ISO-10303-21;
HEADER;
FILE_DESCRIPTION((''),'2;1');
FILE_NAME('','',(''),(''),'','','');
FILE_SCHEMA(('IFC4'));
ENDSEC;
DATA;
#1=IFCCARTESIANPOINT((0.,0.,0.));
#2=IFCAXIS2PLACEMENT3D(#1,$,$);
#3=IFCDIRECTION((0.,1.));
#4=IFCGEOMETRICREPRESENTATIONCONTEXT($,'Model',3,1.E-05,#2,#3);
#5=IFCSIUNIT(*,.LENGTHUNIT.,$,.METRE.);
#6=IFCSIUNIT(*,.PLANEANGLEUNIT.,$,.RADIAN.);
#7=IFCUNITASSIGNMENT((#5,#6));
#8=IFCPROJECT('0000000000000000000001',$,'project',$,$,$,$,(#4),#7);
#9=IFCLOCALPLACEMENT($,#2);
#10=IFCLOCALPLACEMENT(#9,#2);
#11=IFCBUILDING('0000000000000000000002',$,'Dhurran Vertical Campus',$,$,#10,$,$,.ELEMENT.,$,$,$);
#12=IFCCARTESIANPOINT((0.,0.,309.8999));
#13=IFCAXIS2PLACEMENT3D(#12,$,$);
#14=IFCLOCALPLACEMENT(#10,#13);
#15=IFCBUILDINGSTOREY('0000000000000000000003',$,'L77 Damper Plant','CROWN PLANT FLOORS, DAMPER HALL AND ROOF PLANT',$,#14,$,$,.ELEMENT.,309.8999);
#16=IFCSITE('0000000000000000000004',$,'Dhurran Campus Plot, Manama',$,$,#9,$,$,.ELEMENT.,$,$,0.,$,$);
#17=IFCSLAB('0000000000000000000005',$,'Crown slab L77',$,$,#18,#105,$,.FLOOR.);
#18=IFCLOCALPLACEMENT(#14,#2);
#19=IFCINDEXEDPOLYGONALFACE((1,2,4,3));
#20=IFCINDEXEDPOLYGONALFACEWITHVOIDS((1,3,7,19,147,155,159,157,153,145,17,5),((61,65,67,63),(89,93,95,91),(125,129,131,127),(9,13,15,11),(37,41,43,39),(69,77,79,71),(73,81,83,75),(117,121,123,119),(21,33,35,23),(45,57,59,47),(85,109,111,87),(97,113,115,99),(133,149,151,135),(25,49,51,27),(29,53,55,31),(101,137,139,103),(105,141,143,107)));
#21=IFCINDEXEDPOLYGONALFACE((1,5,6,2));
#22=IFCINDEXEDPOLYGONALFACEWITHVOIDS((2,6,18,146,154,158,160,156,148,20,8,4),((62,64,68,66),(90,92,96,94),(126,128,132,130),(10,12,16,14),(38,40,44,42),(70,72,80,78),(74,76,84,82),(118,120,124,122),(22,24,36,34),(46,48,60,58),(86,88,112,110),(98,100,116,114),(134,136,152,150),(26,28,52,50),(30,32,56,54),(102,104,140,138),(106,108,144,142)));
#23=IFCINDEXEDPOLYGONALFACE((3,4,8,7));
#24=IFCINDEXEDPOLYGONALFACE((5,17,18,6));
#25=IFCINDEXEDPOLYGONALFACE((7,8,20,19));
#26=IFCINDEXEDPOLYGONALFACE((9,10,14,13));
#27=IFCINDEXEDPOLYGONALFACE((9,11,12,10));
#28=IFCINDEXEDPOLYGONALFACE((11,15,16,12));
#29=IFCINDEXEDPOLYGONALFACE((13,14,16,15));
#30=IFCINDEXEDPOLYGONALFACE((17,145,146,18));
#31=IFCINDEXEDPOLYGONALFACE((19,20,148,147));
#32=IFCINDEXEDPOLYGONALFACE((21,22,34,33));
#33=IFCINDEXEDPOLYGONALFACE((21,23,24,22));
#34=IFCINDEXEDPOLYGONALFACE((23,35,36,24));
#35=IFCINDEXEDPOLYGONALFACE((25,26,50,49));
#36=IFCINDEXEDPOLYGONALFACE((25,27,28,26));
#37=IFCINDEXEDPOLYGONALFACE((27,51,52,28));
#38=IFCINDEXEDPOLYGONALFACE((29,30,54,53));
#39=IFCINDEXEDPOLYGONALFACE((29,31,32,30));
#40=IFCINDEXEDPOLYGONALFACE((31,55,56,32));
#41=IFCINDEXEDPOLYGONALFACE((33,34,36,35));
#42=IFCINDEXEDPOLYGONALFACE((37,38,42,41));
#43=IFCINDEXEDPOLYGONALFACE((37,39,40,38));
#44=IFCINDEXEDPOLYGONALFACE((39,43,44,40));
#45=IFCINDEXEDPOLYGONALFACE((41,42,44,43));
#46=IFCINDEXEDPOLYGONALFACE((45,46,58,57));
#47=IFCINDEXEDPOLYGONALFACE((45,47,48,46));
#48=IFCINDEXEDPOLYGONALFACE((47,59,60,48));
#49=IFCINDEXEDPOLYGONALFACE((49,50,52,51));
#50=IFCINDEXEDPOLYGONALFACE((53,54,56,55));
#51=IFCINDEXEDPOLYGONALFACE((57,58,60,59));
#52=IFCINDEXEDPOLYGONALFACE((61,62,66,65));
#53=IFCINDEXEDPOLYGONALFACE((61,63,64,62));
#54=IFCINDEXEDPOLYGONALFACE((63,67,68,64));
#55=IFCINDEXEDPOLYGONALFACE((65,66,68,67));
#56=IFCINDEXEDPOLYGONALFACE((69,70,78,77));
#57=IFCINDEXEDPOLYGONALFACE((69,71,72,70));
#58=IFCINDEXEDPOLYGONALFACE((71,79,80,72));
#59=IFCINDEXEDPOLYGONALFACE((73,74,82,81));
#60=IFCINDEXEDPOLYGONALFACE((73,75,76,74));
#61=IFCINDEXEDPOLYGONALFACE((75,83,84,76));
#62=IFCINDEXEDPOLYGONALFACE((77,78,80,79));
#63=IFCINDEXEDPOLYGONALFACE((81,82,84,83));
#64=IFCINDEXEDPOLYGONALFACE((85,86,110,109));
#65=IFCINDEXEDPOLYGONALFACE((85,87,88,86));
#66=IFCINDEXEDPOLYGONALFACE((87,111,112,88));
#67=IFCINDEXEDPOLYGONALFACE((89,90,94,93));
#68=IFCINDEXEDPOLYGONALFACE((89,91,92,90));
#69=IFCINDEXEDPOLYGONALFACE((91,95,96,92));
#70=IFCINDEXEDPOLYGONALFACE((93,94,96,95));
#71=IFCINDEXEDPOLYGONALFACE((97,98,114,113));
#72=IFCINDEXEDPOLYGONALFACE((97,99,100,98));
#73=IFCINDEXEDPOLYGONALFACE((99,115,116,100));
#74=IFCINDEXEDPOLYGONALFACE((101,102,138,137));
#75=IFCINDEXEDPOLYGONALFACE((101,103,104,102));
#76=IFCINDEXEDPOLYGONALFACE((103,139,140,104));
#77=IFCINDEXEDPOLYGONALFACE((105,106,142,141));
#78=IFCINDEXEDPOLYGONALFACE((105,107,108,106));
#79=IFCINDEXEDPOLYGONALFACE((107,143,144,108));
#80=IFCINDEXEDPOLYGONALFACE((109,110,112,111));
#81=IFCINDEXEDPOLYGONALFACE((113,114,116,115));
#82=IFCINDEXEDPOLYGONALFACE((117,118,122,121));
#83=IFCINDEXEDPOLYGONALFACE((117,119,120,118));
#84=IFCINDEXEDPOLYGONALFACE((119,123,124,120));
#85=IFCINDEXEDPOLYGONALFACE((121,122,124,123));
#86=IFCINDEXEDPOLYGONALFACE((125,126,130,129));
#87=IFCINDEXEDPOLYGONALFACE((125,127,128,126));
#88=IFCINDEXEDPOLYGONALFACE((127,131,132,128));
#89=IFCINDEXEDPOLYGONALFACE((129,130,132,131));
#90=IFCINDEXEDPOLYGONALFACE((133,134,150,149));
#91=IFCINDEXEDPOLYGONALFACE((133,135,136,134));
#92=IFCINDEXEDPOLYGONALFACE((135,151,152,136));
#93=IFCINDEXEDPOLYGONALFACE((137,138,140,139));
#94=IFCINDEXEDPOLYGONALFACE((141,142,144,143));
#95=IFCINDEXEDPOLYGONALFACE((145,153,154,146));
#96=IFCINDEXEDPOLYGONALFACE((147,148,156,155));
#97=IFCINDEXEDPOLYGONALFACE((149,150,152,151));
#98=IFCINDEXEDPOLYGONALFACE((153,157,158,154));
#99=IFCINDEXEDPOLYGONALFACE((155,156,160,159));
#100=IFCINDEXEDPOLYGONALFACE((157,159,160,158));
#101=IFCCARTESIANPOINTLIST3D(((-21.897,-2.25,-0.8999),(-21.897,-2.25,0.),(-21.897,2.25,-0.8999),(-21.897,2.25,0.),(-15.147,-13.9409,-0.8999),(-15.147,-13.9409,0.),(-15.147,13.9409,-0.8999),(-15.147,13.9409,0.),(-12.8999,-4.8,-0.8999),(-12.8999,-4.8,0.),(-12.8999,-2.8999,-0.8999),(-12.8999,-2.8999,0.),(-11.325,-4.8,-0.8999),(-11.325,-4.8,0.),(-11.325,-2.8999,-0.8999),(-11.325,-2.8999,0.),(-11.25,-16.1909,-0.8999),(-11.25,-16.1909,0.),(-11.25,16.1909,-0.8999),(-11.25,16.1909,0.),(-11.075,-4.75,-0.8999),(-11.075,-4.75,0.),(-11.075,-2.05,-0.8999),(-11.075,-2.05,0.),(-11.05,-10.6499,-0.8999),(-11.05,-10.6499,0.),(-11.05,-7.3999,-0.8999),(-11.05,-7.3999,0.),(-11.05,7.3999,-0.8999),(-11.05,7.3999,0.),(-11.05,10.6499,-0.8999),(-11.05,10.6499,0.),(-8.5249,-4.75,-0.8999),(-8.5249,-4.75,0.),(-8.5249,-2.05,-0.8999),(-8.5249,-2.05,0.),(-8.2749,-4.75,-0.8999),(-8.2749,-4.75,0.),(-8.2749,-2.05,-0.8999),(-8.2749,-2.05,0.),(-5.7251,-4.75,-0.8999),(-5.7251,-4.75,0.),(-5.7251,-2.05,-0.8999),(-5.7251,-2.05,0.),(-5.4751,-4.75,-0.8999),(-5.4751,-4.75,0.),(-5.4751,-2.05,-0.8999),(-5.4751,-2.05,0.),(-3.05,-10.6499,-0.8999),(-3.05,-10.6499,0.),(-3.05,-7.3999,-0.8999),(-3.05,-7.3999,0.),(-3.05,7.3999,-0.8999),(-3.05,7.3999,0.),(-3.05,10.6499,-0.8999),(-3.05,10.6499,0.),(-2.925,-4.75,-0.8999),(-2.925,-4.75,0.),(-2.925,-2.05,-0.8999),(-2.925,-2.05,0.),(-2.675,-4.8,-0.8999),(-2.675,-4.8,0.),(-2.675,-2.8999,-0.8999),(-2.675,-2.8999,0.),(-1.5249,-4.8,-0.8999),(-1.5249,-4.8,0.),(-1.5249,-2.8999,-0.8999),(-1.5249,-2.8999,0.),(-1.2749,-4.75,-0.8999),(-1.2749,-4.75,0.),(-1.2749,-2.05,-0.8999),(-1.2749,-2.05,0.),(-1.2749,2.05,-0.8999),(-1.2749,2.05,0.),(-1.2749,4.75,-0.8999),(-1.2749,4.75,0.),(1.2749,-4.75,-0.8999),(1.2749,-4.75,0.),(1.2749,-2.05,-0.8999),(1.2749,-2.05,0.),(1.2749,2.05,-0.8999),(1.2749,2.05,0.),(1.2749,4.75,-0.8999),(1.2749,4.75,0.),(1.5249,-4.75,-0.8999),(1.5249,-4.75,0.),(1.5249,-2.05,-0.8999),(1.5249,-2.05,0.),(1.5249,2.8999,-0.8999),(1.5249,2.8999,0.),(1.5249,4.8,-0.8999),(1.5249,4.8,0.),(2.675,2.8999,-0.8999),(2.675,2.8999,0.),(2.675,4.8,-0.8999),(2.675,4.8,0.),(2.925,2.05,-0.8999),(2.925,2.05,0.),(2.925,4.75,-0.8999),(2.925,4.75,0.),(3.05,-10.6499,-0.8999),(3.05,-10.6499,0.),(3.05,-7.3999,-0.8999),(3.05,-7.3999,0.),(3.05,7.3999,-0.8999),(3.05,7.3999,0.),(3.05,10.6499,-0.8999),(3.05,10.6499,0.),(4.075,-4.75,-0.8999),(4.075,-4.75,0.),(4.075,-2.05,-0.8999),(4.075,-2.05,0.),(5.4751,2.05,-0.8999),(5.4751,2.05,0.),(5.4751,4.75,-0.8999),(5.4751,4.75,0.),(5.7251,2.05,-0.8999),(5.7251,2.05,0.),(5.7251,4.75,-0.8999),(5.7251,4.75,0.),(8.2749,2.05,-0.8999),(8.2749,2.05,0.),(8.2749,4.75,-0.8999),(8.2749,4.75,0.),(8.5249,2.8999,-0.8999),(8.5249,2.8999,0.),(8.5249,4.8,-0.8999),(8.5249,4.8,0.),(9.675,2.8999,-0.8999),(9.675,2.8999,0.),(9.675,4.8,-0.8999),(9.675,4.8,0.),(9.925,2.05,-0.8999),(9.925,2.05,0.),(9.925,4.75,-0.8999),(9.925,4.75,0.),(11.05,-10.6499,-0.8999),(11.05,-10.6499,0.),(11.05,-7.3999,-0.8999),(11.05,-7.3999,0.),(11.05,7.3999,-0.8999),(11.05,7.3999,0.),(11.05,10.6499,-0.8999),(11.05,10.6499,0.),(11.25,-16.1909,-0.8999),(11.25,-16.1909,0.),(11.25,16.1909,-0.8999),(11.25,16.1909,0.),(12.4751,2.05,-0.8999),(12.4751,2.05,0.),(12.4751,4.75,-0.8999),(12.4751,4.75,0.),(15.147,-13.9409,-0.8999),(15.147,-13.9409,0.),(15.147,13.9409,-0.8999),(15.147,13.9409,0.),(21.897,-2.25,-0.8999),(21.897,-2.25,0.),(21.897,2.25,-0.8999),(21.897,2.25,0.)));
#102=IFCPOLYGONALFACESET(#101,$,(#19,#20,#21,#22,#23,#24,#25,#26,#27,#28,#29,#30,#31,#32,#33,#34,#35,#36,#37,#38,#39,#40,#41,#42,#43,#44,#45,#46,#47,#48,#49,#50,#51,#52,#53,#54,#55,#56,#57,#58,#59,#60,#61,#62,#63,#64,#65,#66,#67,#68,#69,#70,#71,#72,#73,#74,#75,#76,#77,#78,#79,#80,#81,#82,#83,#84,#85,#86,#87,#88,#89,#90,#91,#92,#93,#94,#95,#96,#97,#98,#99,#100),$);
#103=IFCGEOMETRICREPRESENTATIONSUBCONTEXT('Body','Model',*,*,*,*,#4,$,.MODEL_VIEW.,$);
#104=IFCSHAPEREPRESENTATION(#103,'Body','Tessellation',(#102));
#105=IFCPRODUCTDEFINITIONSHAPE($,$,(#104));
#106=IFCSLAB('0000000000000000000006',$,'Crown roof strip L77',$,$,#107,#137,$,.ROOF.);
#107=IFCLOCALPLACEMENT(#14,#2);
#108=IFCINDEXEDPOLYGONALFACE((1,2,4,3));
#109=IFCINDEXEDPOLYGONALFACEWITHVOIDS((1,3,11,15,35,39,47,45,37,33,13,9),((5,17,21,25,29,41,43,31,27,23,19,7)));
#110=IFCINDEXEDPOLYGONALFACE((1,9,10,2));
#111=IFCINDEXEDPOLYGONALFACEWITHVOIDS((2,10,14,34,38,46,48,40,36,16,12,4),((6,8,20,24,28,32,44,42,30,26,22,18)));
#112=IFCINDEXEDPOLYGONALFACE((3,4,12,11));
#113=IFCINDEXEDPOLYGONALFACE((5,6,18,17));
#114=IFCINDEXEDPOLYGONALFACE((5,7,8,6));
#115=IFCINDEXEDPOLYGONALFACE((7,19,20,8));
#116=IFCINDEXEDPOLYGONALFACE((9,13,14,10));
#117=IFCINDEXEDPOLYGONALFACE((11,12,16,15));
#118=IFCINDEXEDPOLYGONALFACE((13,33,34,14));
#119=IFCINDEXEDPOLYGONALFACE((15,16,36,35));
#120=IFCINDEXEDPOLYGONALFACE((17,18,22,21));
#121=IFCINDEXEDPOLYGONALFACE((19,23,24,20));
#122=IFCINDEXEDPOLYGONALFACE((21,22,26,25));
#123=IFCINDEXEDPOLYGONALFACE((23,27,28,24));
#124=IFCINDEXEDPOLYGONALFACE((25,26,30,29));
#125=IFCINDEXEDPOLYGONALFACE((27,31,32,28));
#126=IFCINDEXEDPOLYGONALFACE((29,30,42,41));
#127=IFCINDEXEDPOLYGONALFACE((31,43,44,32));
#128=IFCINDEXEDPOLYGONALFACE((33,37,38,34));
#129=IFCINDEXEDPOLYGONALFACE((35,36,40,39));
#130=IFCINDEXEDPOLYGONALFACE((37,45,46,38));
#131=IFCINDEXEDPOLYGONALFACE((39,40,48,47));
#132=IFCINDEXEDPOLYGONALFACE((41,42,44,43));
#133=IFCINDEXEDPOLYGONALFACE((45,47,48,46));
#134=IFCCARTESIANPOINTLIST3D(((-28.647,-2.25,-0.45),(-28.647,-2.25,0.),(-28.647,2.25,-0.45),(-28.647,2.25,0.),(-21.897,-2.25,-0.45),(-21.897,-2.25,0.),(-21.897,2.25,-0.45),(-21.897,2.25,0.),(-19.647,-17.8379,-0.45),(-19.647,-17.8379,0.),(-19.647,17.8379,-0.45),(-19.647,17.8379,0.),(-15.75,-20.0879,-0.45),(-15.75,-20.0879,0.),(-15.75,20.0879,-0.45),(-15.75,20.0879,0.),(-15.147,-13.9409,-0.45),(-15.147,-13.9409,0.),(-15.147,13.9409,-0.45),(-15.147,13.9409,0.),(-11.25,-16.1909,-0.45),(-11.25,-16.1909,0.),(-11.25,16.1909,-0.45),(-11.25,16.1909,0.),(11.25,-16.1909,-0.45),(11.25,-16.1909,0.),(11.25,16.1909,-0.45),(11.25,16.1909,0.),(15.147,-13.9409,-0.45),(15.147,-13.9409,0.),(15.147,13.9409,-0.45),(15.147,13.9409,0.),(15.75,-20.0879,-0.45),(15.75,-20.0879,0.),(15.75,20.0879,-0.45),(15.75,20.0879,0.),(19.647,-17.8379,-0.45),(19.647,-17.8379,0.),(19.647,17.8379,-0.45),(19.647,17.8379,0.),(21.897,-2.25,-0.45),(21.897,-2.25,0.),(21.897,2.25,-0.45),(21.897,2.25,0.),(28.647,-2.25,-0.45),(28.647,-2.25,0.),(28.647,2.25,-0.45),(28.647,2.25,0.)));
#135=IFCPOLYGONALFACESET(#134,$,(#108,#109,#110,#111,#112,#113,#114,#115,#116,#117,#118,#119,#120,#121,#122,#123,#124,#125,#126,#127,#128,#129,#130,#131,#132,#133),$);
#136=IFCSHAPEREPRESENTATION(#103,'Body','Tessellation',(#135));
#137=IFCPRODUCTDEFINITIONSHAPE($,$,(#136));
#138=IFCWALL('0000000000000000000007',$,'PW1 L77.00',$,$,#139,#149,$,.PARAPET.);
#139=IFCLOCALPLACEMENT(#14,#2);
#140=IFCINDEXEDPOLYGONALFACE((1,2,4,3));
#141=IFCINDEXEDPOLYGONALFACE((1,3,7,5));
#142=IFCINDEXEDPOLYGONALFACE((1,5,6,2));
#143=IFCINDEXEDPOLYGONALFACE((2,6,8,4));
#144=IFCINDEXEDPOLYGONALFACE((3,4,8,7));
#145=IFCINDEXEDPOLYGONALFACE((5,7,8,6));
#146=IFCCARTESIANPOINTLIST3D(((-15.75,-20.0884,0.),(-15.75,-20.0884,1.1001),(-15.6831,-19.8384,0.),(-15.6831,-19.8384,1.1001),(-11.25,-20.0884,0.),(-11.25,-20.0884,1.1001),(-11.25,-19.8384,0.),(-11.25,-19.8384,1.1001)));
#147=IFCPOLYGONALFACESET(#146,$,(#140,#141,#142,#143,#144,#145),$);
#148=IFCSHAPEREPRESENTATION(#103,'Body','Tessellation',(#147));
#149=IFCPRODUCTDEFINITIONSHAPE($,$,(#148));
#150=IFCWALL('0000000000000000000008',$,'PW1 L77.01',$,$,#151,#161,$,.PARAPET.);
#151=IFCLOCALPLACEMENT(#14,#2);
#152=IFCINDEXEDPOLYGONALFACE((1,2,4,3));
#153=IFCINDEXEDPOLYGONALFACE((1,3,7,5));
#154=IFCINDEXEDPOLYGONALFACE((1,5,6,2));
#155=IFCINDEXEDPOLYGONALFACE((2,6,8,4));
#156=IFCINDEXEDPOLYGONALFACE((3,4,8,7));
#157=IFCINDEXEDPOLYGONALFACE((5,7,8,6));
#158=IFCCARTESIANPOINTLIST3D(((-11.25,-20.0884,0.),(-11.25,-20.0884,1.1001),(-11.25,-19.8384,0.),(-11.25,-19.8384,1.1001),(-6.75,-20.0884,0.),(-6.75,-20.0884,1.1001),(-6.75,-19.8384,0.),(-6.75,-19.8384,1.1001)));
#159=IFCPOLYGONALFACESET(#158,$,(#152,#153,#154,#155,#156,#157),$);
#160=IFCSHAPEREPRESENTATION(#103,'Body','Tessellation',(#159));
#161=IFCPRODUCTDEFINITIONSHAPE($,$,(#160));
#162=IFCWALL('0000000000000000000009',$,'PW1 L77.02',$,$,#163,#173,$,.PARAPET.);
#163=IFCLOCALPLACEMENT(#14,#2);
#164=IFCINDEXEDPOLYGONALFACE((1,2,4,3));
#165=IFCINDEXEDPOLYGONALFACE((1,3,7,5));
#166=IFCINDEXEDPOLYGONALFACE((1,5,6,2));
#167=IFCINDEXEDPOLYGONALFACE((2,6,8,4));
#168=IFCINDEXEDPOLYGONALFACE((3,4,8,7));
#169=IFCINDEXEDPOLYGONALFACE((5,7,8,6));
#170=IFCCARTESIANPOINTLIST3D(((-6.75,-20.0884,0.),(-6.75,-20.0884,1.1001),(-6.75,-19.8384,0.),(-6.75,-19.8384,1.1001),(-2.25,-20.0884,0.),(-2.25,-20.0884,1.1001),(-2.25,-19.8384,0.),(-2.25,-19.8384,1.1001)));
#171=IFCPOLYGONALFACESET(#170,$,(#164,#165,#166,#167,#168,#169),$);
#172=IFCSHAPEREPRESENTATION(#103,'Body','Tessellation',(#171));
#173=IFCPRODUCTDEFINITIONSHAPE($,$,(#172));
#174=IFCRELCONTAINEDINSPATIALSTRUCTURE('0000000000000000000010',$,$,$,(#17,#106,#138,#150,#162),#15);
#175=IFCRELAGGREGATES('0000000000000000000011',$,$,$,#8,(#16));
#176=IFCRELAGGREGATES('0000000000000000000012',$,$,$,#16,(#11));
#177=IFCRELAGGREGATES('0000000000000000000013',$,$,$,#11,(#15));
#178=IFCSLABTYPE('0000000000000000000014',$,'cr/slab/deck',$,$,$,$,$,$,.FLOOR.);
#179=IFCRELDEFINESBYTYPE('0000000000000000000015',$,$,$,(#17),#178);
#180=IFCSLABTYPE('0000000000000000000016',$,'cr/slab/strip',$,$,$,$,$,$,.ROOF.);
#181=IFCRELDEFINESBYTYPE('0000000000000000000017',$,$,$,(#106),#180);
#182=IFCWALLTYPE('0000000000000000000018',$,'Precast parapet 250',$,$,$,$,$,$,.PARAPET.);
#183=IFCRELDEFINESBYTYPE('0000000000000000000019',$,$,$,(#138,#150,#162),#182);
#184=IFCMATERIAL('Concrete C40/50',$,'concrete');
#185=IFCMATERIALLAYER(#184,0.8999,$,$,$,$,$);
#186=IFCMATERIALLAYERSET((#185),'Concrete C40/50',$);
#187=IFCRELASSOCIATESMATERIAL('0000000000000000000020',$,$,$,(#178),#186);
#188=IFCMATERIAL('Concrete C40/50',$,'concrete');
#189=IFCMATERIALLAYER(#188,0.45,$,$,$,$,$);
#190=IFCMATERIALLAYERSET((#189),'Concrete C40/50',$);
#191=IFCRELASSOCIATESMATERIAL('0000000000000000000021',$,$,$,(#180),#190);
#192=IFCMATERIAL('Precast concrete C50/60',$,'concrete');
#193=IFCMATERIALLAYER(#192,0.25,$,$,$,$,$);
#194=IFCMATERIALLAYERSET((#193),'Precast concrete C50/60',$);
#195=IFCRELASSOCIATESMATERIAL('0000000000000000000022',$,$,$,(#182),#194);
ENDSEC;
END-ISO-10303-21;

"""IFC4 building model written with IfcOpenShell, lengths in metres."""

from ifc_helpers import new_model, si_unit, direction, frame, origin, place, context, subcontext, project, spatial, polyline, outline, extrude, material, layer, layer_set, type_object, element, save


model = new_model("IFC4")

# Units and contexts
model_context = context("Model", 3, precision=1e-05, world=origin(), true_north=direction((0.0, 1.0)))
body_context = subcontext(model_context, "Body", "Model", "MODEL_VIEW")
ifc_project = project(units=[si_unit("LENGTHUNIT", "METRE"), si_unit("PLANEANGLEUNIT", "RADIAN")], contexts=[model_context])

# Site, building, storey
site_placement = place(None, origin())
site = spatial("IfcSite", under=ifc_project, at=site_placement, Name="Dhurran Campus Plot, Manama", CompositionType="ELEMENT", RefElevation=0.0)
building_placement = place(site_placement, origin())
building = spatial("IfcBuilding", under=site, at=building_placement, Name="Dhurran Vertical Campus", CompositionType="ELEMENT")
storey_placement = place(building_placement, frame((0.0, 0.0, 309.8999)))
storey = spatial("IfcBuildingStorey", under=building, at=storey_placement, Name="L77 Damper Plant", Description="CROWN PLANT FLOORS, DAMPER HALL AND ROOF PLANT", CompositionType="ELEMENT", Elevation=309.8999)

# Slabs
ifc_material_1 = material(Name="Concrete C40/50", Category="concrete")
ifc_layer_1 = layer(ifc_material_1, 0.8999)
ifc_layer_set_1 = layer_set([ifc_layer_1], Name="Concrete C40/50")
slab_type_1 = type_object("IfcSlabType", Name="cr/slab/deck", PredefinedType="FLOOR", material=ifc_layer_set_1)
slab_1_placement = place(storey_placement, frame((0.0, 0.0, -0.8999)))
element("IfcSlab", 1, at=slab_1_placement, inside=storey, type_object=slab_type_1, Name="Crown slab L77", PredefinedType="FLOOR", context=body_context, shape_type="SweptSolid", body=[
    extrude(outline(polyline([(-11.25, -16.1909), (11.25, -16.1909), (15.147, -13.9409), (21.897, -2.25), (21.897, 2.25), (15.147, 13.9409), (11.25, 16.1909), (-11.25, 16.1909), (-15.147, 13.9409), (-21.897, 2.25), (-21.897, -2.25), (-15.147, -13.9409), (-11.25, -16.1909)]), holes=[polyline([(-1.2749, 4.75), (1.2749, 4.75), (1.2749, 2.05), (-1.2749, 2.05), (-1.2749, 4.75)]), polyline([(9.925, 4.75), (12.4751, 4.75), (12.4751, 2.05), (9.925, 2.05), (9.925, 4.75)]), polyline([(-1.2749, -2.05), (1.2749, -2.05), (1.2749, -4.75), (-1.2749, -4.75), (-1.2749, -2.05)]), polyline([(1.5249, -2.05), (4.075, -2.05), (4.075, -4.75), (1.5249, -4.75), (1.5249, -2.05)]), polyline([(2.925, 4.75), (5.4751, 4.75), (5.4751, 2.05), (2.925, 2.05), (2.925, 4.75)]), polyline([(5.7251, 4.75), (8.2749, 4.75), (8.2749, 2.05), (5.7251, 2.05), (5.7251, 4.75)]), polyline([(-11.075, -2.05), (-8.5249, -2.05), (-8.5249, -4.75), (-11.075, -4.75), (-11.075, -2.05)]), polyline([(-8.2749, -2.05), (-5.7251, -2.05), (-5.7251, -4.75), (-8.2749, -4.75), (-8.2749, -2.05)]), polyline([(-5.4751, -2.05), (-2.925, -2.05), (-2.925, -4.75), (-5.4751, -4.75), (-5.4751, -2.05)]), polyline([(-11.05, 10.6499), (-3.05, 10.6499), (-3.05, 7.3999), (-11.05, 7.3999), (-11.05, 10.6499)]), polyline([(3.05, 10.6499), (11.05, 10.6499), (11.05, 7.3999), (3.05, 7.3999), (3.05, 10.6499)]), polyline([(-11.05, -7.3999), (-3.05, -7.3999), (-3.05, -10.6499), (-11.05, -10.6499), (-11.05, -7.3999)]), polyline([(3.05, -7.3999), (11.05, -7.3999), (11.05, -10.6499), (3.05, -10.6499), (3.05, -7.3999)]), polyline([(2.675, 2.8999), (1.5249, 2.8999), (1.5249, 4.8), (2.675, 4.8), (2.675, 2.8999)]), polyline([(-12.8999, -2.8999), (-11.325, -2.8999), (-11.325, -4.8), (-12.8999, -4.8), (-12.8999, -2.8999)]), polyline([(-2.675, -2.8999), (-1.5249, -2.8999), (-1.5249, -4.8), (-2.675, -4.8), (-2.675, -2.8999)]), polyline([(9.675, 2.8999), (8.5249, 2.8999), (8.5249, 4.8), (9.675, 4.8), (9.675, 2.8999)])]), origin(), (0.0, 0.0, 1.0), 0.8999),
])
ifc_material_2 = material(Name="Concrete C40/50", Category="concrete")
ifc_layer_2 = layer(ifc_material_2, 0.45)
ifc_layer_set_2 = layer_set([ifc_layer_2], Name="Concrete C40/50")
slab_type_2 = type_object("IfcSlabType", Name="cr/slab/strip", PredefinedType="ROOF", material=ifc_layer_set_2)
slab_2_placement = place(storey_placement, frame((0.0, 0.0, -0.45)))
element("IfcSlab", 2, at=slab_2_placement, inside=storey, type_object=slab_type_2, Name="Crown roof strip L77", PredefinedType="ROOF", context=body_context, shape_type="SweptSolid", body=[
    extrude(outline(polyline([(-19.647, -17.8379), (-15.75, -20.0879), (15.75, -20.0879), (19.647, -17.8379), (28.647, -2.25), (28.647, 2.25), (19.647, 17.8379), (15.75, 20.0879), (-15.75, 20.0879), (-19.647, 17.8379), (-28.647, 2.25), (-28.647, -2.25), (-19.647, -17.8379)]), holes=[polyline([(11.25, -16.1909), (15.147, -13.9409), (21.897, -2.25), (21.897, 2.25), (15.147, 13.9409), (11.25, 16.1909), (-11.25, 16.1909), (-15.147, 13.9409), (-21.897, 2.25), (-21.897, -2.25), (-15.147, -13.9409), (-11.25, -16.1909), (11.25, -16.1909)])]), origin(), (0.0, 0.0, 1.0), 0.45),
])

# Walls
ifc_material_3 = material(Name="Precast concrete C50/60", Category="concrete")
ifc_layer_3 = layer(ifc_material_3, 0.25)
ifc_layer_set_3 = layer_set([ifc_layer_3], Name="Precast concrete C50/60")
wall_type_1 = type_object("IfcWallType", Name="Precast parapet 250", PredefinedType="PARAPET", material=ifc_layer_set_3)
wall_1_placement = place(storey_placement, origin())
element("IfcWall", 3, at=wall_1_placement, inside=storey, type_object=wall_type_1, Name="PW1 L77.00", PredefinedType="PARAPET", context=body_context, shape_type="SweptSolid", body=[
    extrude(outline(polyline([(-15.75, -20.0884), (-11.25, -20.0884), (-11.25, -19.8384), (-15.6831, -19.8384), (-15.75, -20.0884)])), origin(), (0.0, 0.0, 1.0), 1.1001),
])
wall_2_placement = place(storey_placement, origin())
element("IfcWall", 4, at=wall_2_placement, inside=storey, type_object=wall_type_1, Name="PW1 L77.01", PredefinedType="PARAPET", context=body_context, shape_type="SweptSolid", body=[
    extrude(outline(polyline([(-11.25, -20.0884), (-6.75, -20.0884), (-6.75, -19.8384), (-11.25, -19.8384), (-11.25, -20.0884)])), origin(), (0.0, 0.0, 1.0), 1.1001),
])
wall_3_placement = place(storey_placement, origin())
element("IfcWall", 5, at=wall_3_placement, inside=storey, type_object=wall_type_1, Name="PW1 L77.02", PredefinedType="PARAPET", context=body_context, shape_type="SweptSolid", body=[
    extrude(outline(polyline([(-6.75, -20.0884), (-2.25, -20.0884), (-2.25, -19.8384), (-6.75, -19.8384), (-6.75, -20.0884)])), origin(), (0.0, 0.0, 1.0), 1.1001),
])

save(model, "model.ifc")
